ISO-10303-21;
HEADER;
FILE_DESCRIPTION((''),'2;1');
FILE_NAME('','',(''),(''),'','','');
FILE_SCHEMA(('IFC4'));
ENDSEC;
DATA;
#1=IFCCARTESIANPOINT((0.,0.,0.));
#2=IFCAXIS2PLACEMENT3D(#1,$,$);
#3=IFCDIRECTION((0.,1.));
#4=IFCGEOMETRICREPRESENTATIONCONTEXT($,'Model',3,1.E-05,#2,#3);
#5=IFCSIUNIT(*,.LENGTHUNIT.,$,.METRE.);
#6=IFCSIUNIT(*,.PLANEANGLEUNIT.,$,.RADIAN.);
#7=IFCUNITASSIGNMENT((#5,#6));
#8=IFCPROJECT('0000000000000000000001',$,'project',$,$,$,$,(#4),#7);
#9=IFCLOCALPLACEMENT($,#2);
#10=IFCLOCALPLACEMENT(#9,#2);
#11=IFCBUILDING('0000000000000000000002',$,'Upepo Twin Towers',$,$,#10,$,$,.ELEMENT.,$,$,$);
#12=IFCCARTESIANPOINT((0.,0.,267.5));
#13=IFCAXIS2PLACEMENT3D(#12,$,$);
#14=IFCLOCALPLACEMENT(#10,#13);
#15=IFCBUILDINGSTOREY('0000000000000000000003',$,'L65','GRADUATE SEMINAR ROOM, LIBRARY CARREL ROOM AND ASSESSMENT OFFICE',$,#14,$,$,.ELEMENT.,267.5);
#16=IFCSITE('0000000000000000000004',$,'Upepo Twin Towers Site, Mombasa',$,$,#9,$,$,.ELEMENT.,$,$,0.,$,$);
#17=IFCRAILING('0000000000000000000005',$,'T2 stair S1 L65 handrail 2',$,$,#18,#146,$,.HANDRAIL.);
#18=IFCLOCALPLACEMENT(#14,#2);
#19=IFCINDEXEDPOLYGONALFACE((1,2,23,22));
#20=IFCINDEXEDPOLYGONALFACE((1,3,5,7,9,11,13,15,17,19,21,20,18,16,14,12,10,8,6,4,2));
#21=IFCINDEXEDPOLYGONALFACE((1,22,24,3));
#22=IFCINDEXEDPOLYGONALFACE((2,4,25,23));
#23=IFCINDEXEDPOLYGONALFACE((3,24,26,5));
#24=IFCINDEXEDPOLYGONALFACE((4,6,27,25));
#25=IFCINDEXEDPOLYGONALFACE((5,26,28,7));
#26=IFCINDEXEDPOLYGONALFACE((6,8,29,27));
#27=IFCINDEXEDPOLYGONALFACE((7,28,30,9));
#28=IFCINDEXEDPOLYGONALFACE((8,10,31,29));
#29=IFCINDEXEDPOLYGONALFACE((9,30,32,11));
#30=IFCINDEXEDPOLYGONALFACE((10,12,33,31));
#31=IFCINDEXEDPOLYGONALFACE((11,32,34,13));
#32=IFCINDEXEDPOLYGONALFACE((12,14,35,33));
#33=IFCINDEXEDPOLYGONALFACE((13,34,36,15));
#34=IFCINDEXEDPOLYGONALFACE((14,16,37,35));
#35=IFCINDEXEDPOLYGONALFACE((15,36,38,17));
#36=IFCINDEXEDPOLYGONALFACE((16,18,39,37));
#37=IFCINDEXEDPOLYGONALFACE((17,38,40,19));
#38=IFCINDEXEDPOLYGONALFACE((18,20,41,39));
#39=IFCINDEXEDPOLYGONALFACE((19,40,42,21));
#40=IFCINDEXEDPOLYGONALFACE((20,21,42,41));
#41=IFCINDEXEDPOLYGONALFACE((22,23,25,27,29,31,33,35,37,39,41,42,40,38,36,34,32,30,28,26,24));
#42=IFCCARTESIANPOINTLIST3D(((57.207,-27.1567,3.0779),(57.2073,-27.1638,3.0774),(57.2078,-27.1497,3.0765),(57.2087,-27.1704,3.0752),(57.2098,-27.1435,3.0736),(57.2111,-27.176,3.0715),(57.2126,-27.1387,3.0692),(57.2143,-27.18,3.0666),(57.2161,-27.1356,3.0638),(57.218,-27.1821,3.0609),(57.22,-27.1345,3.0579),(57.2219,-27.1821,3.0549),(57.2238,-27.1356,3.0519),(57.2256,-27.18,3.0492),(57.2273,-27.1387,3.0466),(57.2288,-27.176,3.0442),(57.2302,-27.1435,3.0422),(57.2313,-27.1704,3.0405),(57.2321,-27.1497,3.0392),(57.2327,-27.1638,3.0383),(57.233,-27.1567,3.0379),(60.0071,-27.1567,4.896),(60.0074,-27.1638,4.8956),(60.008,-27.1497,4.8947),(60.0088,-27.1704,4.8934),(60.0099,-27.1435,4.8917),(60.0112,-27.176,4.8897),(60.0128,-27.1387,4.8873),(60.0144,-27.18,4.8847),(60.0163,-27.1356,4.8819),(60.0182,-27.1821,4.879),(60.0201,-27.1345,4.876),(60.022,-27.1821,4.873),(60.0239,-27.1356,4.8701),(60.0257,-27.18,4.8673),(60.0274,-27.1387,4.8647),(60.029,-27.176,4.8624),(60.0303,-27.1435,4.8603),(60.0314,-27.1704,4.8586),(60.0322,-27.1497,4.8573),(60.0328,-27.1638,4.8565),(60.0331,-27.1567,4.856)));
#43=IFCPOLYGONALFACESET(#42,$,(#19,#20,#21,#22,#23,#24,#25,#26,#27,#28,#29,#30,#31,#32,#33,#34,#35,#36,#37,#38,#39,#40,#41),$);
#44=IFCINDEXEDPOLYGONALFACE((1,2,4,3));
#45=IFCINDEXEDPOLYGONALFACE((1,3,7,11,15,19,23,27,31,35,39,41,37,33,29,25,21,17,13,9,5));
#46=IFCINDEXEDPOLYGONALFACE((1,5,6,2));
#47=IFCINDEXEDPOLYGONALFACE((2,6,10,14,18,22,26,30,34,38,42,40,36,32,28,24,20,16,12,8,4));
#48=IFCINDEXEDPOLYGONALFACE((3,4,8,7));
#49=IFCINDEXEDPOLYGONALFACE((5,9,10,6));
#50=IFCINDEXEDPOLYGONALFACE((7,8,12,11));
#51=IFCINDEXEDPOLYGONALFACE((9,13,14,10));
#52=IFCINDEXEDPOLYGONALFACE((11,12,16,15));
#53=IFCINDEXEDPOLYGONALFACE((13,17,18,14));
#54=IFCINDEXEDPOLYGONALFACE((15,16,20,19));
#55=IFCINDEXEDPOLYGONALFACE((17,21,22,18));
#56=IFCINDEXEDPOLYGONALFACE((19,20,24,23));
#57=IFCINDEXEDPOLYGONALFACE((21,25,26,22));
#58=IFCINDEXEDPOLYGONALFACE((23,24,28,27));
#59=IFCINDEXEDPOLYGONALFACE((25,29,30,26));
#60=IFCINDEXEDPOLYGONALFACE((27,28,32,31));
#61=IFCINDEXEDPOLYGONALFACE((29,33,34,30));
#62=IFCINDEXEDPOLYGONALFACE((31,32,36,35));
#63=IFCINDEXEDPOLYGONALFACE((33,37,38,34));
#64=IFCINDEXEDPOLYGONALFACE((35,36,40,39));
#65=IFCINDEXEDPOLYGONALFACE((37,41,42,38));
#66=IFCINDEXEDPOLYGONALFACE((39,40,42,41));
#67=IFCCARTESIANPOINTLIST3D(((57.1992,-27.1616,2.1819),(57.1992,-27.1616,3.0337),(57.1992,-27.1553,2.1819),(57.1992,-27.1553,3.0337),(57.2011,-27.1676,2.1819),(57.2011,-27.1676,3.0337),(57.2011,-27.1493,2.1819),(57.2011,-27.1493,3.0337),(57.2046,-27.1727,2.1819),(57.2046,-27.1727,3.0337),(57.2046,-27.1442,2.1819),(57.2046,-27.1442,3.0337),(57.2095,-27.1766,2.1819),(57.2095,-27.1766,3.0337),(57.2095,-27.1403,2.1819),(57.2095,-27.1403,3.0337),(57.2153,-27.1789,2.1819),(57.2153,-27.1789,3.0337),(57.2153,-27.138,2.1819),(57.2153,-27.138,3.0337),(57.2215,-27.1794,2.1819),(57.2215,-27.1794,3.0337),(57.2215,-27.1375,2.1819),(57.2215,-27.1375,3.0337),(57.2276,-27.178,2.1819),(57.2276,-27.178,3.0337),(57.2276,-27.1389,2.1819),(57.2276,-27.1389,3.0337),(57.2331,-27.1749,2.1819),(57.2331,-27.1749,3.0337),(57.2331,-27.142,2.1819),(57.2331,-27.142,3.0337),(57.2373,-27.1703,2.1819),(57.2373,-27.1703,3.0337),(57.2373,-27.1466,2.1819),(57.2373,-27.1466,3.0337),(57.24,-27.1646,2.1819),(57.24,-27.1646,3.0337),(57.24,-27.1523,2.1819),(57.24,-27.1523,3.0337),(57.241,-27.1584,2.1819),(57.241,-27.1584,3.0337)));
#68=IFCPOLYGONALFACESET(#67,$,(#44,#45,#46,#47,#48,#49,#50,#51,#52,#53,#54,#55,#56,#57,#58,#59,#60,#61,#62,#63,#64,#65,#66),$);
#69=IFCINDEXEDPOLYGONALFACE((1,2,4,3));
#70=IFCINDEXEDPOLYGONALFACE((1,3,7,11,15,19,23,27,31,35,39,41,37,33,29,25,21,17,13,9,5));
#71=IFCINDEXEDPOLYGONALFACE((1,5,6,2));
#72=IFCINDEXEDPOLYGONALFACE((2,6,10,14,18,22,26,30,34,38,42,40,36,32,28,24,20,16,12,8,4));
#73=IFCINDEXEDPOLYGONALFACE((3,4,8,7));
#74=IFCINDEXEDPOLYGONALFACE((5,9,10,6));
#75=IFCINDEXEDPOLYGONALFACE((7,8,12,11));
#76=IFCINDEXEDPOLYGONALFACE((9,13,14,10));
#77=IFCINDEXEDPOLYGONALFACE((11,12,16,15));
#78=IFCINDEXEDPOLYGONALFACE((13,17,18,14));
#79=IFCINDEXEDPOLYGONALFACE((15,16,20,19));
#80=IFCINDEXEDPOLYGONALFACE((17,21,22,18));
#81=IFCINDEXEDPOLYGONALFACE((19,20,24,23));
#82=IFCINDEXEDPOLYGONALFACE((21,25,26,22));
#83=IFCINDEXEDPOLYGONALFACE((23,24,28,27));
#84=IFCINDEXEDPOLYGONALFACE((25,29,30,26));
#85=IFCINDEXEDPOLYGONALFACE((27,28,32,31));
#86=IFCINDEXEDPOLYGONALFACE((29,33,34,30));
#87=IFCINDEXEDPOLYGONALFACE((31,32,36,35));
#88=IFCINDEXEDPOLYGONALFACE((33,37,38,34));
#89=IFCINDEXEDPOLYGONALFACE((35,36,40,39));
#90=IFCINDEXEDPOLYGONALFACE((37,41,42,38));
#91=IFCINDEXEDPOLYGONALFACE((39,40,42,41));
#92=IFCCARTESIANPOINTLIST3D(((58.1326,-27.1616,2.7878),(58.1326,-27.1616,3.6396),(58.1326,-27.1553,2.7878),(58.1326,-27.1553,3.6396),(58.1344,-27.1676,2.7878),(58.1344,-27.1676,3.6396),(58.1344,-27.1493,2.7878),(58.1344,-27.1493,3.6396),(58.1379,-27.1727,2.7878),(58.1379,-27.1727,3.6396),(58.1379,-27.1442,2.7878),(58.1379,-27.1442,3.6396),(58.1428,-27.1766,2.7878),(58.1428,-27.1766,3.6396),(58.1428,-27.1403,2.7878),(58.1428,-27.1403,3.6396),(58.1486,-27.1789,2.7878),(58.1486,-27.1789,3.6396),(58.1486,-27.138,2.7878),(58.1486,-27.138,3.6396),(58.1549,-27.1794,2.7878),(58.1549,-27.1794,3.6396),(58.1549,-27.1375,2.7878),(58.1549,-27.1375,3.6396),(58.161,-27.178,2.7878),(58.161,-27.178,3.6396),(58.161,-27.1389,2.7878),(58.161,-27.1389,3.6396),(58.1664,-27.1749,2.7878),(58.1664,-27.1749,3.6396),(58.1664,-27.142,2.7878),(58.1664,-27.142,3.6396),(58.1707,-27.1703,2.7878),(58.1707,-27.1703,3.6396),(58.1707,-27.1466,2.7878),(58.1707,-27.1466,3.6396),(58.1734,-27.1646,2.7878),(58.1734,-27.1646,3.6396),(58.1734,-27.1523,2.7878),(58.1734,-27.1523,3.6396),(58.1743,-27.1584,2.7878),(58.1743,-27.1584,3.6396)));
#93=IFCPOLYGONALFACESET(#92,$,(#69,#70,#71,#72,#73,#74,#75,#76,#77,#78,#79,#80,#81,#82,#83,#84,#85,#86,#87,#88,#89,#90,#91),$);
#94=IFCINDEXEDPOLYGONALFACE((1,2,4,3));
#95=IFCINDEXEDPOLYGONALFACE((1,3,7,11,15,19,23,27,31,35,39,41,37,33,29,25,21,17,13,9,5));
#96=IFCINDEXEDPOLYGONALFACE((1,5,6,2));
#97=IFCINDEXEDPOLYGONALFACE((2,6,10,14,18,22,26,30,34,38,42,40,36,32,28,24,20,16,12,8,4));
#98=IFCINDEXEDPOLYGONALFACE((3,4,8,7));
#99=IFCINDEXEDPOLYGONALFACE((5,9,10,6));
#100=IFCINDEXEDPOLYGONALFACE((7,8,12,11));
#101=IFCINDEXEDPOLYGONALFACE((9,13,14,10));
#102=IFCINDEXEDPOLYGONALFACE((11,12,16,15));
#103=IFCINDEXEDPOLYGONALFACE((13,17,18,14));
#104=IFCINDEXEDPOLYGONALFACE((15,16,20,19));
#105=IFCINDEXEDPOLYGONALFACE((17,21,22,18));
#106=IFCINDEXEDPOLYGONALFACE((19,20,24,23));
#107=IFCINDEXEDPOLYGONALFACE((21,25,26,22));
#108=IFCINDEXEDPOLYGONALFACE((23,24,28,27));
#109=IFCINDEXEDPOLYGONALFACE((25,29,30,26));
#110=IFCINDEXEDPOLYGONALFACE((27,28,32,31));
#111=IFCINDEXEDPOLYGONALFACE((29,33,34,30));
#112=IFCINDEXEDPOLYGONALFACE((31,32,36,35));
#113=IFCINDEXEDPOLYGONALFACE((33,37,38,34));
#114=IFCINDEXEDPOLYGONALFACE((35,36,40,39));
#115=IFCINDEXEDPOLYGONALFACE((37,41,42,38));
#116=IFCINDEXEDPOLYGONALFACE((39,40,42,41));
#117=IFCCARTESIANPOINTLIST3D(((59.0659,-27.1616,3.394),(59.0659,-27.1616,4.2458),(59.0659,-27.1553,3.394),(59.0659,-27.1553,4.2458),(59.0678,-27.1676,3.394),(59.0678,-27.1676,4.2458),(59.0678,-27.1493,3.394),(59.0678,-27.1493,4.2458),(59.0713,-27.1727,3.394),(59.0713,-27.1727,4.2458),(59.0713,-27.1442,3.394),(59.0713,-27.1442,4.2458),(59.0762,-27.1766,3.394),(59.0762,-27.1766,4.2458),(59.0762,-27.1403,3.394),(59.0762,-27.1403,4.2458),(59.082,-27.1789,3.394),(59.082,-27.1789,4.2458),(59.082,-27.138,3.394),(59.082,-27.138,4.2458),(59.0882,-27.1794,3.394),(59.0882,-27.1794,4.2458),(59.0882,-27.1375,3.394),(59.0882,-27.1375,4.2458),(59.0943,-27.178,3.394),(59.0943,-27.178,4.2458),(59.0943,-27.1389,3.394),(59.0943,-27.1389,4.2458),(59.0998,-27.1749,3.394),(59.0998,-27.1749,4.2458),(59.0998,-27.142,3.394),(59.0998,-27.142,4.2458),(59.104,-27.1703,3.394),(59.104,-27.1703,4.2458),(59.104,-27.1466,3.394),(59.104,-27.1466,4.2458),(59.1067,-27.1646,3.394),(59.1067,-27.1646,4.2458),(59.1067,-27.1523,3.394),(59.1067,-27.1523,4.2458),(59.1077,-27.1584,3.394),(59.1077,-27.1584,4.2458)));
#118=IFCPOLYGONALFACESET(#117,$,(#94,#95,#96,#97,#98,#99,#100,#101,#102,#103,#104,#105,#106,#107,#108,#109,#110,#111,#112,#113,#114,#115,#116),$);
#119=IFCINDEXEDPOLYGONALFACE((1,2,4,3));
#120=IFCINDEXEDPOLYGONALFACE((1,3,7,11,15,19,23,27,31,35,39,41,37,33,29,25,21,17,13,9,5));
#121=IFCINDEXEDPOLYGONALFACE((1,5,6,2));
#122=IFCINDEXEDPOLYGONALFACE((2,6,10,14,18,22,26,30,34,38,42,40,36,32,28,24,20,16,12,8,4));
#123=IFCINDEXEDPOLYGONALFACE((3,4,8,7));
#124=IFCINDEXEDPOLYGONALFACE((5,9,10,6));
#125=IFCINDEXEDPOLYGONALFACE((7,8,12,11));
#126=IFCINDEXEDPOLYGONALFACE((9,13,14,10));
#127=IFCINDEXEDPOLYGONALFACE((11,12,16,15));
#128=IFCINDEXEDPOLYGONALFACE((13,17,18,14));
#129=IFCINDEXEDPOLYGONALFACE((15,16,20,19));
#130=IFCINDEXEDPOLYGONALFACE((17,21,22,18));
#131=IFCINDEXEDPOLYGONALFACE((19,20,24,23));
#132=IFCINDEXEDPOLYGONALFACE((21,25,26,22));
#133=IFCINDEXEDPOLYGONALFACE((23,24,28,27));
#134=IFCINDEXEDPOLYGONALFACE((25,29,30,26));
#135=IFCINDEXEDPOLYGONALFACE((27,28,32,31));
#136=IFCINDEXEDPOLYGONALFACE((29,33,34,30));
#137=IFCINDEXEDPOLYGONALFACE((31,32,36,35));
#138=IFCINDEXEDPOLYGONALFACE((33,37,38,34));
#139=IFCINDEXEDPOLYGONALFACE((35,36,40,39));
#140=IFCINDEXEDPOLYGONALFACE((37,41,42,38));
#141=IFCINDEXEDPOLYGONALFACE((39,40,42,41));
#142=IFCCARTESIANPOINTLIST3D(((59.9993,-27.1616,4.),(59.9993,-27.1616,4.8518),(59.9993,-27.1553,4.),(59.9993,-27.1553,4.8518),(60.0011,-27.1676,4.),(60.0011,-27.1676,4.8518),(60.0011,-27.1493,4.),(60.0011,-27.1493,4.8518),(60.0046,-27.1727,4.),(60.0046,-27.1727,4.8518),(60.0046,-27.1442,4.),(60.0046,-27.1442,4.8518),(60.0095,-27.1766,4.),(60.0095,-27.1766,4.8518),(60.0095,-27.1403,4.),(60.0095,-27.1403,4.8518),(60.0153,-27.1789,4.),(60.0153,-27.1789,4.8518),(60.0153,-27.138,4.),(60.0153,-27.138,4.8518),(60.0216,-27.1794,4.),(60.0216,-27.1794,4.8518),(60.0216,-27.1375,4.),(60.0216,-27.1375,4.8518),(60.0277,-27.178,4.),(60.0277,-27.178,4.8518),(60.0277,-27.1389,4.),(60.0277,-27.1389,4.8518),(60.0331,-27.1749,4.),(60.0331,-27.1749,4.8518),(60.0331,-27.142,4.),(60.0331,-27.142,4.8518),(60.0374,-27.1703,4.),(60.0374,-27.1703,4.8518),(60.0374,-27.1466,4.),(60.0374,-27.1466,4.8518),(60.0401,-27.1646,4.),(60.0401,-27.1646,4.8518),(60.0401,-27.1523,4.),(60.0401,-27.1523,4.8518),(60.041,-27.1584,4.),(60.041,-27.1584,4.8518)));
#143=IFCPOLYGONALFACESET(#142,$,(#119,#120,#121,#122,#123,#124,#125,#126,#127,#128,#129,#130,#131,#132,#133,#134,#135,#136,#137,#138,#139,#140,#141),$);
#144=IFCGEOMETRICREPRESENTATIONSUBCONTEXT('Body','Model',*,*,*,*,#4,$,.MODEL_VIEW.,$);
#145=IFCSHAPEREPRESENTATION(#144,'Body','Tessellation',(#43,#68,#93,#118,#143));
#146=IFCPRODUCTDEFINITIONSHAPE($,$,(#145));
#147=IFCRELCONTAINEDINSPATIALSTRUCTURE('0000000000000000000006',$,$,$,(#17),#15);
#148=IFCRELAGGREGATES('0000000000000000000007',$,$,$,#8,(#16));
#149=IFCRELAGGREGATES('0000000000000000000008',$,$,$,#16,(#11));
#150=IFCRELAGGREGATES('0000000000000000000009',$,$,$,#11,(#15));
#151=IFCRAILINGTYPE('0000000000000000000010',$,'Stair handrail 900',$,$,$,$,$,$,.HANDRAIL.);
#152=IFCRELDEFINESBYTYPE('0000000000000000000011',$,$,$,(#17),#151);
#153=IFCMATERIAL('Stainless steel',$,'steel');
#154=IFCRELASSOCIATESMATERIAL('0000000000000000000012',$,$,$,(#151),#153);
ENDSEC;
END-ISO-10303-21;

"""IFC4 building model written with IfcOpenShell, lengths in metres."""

from ifc_helpers import new_model, si_unit, direction, frame, origin, origin_2d, place, context, subcontext, project, spatial, circle, extrude, material, type_object, element, save


model = new_model("IFC4")

# Units and contexts
model_context = context("Model", 3, precision=1e-05, world=origin(), true_north=direction((0.0, 1.0)))
body_context = subcontext(model_context, "Body", "Model", "MODEL_VIEW")
ifc_project = project(units=[si_unit("LENGTHUNIT", "METRE"), si_unit("PLANEANGLEUNIT", "RADIAN")], contexts=[model_context])

# Site, building, storey
site_placement = place(None, origin())
site = spatial("IfcSite", under=ifc_project, at=site_placement, Name="Upepo Twin Towers Site, Mombasa", CompositionType="ELEMENT", RefElevation=0.0)
building_placement = place(site_placement, origin())
building = spatial("IfcBuilding", under=site, at=building_placement, Name="Upepo Twin Towers", CompositionType="ELEMENT")
storey_placement = place(building_placement, frame((0.0, 0.0, 267.5)))
storey = spatial("IfcBuildingStorey", under=building, at=storey_placement, Name="L65", Description="GRADUATE SEMINAR ROOM, LIBRARY CARREL ROOM AND ASSESSMENT OFFICE", CompositionType="ELEMENT", Elevation=267.5)

# Railing
ifc_material_1 = material(Name="Stainless steel", Category="steel")
railing_type = type_object("IfcRailingType", Name="Stair handrail 900", PredefinedType="HANDRAIL", material=ifc_material_1)
railing_1_placement = place(storey_placement, frame((57.22, -27.1584, 2.1819)))
element("IfcRailing", 1, at=railing_1_placement, inside=storey, type_object=railing_type, Name="T2 stair S1 L65 handrail 2", PredefinedType="HANDRAIL", context=body_context, shape_type="SweptSolid", body=[
    extrude(circle(Radius=0.0239, at=origin_2d()), frame((0.0, 0.0, 0.876), z_axis=(0.838706, 0.0, 0.544585), x_axis=(0.0, 1.0, 0.0)), (0.0, 0.0, 1.0), 3.3386),
    extrude(circle(Radius=0.021, at=origin_2d()), origin(), (0.0, 0.0, 1.0), 0.8518),
    extrude(circle(Radius=0.021, at=origin_2d()), frame((0.9333, 0.0, 0.606)), (0.0, 0.0, 1.0), 0.8518),
    extrude(circle(Radius=0.021, at=origin_2d()), frame((1.8667, 0.0, 1.2122)), (0.0, 0.0, 1.0), 0.8518),
    extrude(circle(Radius=0.021, at=origin_2d()), frame((2.8, 0.0, 1.8181)), (0.0, 0.0, 1.0), 0.8518),
])

save(model, "model.ifc")
